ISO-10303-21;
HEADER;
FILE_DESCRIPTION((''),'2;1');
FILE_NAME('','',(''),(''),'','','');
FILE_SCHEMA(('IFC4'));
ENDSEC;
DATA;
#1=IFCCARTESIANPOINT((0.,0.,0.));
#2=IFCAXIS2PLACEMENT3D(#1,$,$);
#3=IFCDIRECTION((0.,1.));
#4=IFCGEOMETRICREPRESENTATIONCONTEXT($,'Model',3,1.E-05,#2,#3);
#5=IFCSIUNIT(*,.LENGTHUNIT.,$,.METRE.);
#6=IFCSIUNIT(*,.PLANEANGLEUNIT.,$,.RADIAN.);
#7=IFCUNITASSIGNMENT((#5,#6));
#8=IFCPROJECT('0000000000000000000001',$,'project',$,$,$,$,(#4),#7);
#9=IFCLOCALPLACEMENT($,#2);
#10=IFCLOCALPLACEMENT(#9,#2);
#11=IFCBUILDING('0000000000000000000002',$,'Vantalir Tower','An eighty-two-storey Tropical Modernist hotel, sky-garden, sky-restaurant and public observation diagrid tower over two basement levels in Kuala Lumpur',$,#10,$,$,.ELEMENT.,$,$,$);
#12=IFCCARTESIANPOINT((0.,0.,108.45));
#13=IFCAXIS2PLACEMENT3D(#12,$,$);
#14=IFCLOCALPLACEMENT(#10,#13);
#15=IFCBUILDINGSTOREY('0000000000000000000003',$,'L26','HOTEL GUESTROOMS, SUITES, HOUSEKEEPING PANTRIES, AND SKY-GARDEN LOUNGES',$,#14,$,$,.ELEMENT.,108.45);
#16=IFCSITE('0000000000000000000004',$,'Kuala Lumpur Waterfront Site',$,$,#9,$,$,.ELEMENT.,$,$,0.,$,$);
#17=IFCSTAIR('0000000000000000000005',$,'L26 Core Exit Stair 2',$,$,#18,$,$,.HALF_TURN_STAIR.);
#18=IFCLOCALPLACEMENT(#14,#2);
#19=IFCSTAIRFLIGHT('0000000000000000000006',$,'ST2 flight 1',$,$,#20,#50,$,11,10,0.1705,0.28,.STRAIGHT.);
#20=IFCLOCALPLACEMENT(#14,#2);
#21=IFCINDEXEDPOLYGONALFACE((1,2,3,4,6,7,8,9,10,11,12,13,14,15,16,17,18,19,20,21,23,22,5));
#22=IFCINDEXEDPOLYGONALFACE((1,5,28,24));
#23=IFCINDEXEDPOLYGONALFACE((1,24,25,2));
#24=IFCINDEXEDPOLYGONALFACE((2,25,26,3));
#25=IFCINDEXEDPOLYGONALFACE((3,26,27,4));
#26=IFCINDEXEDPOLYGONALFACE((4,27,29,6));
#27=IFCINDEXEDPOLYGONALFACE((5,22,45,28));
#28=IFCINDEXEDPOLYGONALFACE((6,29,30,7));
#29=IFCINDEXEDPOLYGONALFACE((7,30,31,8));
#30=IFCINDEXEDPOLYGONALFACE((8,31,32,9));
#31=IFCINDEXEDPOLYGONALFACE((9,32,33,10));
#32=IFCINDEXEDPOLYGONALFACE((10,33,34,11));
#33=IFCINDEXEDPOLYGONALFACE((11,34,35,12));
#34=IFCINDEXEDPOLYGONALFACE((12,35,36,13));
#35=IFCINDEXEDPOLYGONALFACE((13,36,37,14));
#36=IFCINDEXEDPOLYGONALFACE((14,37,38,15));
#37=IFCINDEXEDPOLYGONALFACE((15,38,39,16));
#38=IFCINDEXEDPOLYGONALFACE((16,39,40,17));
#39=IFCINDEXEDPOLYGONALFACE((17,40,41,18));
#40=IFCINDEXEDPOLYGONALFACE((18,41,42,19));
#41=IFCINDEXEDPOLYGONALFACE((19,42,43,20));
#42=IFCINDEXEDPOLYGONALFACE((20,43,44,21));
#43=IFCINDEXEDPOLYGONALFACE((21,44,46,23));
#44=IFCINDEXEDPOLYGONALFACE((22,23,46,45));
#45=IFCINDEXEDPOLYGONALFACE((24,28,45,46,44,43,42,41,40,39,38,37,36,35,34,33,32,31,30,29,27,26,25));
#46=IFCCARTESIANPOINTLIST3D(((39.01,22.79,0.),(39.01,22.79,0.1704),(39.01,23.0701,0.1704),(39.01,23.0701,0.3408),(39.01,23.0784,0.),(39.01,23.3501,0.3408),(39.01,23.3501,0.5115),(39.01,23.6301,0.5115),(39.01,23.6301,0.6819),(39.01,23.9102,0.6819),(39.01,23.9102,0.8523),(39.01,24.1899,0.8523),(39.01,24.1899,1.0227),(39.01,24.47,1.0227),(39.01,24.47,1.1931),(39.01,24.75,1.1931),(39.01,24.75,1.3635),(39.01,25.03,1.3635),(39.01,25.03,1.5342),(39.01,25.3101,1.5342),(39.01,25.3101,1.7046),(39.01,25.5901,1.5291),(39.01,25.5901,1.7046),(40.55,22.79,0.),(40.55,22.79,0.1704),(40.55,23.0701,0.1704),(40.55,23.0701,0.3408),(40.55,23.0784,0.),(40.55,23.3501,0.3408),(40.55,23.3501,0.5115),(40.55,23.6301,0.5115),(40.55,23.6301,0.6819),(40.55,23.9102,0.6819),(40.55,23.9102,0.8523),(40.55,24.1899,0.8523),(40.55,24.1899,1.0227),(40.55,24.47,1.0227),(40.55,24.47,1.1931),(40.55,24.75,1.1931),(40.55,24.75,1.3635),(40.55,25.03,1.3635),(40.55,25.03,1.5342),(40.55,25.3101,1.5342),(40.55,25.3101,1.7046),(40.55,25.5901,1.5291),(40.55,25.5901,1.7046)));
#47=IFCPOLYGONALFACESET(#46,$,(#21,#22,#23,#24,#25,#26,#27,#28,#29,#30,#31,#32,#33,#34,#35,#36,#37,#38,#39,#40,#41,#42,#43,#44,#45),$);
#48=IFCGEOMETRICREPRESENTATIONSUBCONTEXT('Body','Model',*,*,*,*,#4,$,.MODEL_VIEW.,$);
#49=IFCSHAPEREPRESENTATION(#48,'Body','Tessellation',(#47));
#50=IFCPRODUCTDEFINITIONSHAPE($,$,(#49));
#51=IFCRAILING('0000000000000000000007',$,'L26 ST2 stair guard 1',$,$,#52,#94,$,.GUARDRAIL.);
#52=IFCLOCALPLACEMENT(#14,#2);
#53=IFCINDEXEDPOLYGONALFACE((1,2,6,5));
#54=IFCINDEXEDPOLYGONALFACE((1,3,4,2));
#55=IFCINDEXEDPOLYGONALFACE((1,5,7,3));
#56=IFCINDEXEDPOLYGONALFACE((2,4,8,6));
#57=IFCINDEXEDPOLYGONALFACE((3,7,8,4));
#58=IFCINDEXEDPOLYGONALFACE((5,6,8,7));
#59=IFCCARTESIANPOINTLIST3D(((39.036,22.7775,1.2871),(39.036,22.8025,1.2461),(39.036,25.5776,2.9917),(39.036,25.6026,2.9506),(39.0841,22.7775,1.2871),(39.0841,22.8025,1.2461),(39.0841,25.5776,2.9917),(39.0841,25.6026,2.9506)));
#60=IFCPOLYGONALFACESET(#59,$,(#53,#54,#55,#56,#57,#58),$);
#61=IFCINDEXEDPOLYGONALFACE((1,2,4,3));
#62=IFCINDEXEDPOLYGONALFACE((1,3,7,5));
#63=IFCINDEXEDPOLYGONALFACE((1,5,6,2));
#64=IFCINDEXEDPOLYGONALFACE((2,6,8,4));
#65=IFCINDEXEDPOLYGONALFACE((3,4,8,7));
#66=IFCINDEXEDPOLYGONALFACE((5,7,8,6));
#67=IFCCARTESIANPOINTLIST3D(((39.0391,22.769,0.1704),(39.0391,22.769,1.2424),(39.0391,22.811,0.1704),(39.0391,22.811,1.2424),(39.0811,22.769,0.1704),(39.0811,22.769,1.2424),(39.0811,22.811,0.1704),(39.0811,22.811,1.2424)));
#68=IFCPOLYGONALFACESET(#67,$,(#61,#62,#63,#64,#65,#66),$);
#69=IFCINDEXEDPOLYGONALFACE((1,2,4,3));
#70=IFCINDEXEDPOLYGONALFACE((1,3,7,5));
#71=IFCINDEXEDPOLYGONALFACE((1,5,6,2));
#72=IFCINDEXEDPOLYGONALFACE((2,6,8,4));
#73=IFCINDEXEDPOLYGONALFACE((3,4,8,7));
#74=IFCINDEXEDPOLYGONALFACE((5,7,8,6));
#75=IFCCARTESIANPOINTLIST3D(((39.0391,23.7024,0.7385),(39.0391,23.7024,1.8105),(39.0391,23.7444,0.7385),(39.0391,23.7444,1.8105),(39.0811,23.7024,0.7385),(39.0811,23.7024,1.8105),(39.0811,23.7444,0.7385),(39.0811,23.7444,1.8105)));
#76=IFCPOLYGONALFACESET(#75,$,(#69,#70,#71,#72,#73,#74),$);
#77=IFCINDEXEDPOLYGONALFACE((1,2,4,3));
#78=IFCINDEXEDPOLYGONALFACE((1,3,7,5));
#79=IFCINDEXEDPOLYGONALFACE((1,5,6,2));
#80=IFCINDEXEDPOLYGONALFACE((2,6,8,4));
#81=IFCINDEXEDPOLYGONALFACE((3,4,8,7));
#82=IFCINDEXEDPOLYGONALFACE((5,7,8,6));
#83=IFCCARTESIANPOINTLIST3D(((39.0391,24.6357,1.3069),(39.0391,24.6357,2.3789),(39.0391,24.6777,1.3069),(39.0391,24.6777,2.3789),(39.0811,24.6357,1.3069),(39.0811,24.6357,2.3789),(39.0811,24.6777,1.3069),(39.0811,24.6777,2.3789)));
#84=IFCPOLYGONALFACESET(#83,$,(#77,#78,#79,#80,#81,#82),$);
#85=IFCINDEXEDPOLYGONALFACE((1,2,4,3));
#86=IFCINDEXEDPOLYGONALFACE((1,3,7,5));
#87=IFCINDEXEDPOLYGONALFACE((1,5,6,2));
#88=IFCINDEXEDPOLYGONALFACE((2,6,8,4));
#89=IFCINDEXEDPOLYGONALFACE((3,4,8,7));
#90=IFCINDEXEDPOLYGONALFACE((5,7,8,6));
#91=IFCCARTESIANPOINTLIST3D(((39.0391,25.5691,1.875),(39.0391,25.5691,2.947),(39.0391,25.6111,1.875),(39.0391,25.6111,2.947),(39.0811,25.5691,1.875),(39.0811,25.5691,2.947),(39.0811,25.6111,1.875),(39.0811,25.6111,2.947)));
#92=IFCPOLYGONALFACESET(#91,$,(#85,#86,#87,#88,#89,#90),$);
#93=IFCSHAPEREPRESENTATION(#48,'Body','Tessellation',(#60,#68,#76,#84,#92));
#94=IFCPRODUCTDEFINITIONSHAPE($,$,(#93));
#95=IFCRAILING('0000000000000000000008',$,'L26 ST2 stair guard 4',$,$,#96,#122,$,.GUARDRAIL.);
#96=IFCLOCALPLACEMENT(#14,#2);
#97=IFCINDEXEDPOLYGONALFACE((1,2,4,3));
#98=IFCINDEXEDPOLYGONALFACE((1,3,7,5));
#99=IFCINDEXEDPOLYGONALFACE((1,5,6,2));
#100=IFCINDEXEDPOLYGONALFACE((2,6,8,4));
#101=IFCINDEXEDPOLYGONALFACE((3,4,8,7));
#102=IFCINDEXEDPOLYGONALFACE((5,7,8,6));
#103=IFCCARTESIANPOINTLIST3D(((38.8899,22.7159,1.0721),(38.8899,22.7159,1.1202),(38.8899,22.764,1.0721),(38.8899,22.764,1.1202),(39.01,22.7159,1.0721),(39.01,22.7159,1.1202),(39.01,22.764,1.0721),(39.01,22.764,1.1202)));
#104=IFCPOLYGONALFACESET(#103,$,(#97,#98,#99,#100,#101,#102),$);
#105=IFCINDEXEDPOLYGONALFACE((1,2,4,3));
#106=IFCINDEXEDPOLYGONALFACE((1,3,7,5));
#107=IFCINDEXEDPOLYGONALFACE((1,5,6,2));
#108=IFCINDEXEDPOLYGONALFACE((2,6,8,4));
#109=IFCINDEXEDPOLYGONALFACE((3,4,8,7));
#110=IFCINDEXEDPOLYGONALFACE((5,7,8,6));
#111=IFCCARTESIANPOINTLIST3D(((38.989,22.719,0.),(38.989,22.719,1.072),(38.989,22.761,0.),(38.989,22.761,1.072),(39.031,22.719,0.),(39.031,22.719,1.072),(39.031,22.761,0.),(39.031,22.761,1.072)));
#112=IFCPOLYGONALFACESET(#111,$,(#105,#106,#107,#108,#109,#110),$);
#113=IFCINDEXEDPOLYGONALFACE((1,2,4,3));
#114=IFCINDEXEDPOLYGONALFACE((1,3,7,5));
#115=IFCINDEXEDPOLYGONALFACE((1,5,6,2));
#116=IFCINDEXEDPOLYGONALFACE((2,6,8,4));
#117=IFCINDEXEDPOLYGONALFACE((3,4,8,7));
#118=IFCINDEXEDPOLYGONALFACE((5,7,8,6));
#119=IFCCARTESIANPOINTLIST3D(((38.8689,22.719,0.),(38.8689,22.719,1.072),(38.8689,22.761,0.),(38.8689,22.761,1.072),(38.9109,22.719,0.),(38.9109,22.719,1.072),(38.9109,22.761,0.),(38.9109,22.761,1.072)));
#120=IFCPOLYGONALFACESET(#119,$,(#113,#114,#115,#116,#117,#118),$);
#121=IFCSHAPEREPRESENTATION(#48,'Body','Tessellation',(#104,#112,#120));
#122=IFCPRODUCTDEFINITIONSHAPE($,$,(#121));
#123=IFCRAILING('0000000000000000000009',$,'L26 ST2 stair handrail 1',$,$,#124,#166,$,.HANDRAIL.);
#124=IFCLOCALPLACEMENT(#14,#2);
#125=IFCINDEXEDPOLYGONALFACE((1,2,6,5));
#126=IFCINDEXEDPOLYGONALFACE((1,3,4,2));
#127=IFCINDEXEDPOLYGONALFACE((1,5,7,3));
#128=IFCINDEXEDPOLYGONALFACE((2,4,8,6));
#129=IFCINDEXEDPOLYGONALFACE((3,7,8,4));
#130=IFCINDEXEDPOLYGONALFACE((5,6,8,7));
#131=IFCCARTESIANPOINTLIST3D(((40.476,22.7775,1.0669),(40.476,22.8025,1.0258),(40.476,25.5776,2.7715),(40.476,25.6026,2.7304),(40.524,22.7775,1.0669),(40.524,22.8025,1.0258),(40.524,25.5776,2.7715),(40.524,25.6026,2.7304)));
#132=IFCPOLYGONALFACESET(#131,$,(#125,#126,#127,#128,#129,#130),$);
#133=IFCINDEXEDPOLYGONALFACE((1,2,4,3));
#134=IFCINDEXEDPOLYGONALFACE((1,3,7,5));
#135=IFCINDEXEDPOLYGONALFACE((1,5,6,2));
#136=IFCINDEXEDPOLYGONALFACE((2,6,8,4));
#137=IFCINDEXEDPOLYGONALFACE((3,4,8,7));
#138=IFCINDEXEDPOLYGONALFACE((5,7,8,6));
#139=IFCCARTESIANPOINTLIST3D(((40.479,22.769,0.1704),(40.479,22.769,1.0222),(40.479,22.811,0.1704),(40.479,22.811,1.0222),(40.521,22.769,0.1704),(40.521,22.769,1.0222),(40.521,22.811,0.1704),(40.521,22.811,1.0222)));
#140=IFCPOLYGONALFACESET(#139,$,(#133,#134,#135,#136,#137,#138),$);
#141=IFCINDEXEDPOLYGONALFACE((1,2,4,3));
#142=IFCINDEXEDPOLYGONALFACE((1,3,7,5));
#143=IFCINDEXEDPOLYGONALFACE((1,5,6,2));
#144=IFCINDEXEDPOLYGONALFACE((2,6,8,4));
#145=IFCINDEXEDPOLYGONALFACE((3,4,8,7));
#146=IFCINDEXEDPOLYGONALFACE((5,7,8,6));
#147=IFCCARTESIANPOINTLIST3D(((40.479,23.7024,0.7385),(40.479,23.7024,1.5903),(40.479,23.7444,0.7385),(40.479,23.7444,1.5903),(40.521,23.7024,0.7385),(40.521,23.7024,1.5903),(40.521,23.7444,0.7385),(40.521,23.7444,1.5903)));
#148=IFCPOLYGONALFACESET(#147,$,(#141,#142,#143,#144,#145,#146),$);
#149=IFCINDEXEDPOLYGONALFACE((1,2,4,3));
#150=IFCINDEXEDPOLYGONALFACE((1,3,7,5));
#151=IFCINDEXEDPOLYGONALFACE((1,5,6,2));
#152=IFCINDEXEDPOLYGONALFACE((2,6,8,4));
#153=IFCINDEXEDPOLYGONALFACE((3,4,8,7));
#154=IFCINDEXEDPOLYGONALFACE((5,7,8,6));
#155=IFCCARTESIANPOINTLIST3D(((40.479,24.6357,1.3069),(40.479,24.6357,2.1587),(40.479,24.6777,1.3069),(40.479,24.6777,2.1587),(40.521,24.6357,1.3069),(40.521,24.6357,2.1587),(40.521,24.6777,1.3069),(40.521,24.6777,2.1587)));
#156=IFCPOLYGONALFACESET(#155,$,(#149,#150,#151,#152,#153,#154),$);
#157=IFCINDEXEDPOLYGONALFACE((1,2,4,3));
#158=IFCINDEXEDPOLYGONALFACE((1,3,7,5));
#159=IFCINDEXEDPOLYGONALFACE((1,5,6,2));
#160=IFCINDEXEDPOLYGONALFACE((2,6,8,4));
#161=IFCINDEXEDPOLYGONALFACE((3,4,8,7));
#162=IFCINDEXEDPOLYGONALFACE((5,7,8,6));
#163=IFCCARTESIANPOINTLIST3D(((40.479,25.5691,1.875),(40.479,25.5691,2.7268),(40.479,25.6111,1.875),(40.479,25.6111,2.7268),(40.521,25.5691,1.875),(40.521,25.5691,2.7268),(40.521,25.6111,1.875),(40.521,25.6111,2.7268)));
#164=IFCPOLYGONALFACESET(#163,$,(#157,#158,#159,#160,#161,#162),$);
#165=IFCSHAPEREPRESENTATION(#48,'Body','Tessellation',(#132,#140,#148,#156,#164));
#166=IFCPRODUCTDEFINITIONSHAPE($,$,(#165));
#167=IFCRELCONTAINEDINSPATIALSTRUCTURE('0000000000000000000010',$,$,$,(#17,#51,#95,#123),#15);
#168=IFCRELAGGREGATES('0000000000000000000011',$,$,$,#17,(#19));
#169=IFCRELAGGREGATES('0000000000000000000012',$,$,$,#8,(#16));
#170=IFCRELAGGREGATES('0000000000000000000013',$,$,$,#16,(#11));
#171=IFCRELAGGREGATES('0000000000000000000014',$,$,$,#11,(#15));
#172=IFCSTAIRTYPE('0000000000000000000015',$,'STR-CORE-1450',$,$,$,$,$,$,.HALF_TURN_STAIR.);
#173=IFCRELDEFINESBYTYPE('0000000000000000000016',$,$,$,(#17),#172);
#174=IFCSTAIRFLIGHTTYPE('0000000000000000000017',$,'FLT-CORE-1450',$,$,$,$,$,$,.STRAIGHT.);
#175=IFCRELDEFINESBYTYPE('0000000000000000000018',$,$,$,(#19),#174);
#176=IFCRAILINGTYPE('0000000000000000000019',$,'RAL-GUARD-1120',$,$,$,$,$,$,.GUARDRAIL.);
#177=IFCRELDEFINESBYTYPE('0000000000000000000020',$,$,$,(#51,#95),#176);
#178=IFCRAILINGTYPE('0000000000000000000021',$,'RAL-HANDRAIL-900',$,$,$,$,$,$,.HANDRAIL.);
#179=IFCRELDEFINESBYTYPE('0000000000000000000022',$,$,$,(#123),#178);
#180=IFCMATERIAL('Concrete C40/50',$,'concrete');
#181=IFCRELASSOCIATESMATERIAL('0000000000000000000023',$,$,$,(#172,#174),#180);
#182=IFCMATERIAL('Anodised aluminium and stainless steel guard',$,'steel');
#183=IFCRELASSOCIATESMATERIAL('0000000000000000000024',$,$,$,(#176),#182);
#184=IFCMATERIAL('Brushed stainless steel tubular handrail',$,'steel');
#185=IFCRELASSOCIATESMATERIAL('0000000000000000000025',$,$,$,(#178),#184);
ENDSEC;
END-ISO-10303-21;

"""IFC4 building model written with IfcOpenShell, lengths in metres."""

from ifc_helpers import new_model, si_unit, direction, frame, origin, origin_2d, place, context, subcontext, project, spatial, polyline, rectangle, outline, extrude, material, type_object, element, aggregate, save


model = new_model("IFC4")

# Units and contexts
model_context = context("Model", 3, precision=1e-05, world=origin(), true_north=direction((0.0, 1.0)))
body_context = subcontext(model_context, "Body", "Model", "MODEL_VIEW")
ifc_project = project(units=[si_unit("LENGTHUNIT", "METRE"), si_unit("PLANEANGLEUNIT", "RADIAN")], contexts=[model_context])

# Site, building, storey
site_placement = place(None, origin())
site = spatial("IfcSite", under=ifc_project, at=site_placement, Name="Kuala Lumpur Waterfront Site", CompositionType="ELEMENT", RefElevation=0.0)
building_placement = place(site_placement, origin())
building = spatial("IfcBuilding", under=site, at=building_placement, Name="Vantalir Tower", Description="An eighty-two-storey Tropical Modernist hotel, sky-garden, sky-restaurant and public observation diagrid tower over two basement levels in Kuala Lumpur", CompositionType="ELEMENT")
storey_placement = place(building_placement, frame((0.0, 0.0, 108.45)))
storey = spatial("IfcBuildingStorey", under=building, at=storey_placement, Name="L26", Description="HOTEL GUESTROOMS, SUITES, HOUSEKEEPING PANTRIES, AND SKY-GARDEN LOUNGES", CompositionType="ELEMENT", Elevation=108.45)

# Stair, stair flight
ifc_material_1 = material(Name="Concrete C40/50", Category="concrete")
stair_type = type_object("IfcStairType", Name="STR-CORE-1450", PredefinedType="HALF_TURN_STAIR", material=ifc_material_1)
stair_placement = place(storey_placement, origin())
stair = element("IfcStair", 1, at=stair_placement, inside=storey, type_object=stair_type, Name="L26 Core Exit Stair 2", PredefinedType="HALF_TURN_STAIR")
stair_flight_type = type_object("IfcStairFlightType", Name="FLT-CORE-1450", PredefinedType="STRAIGHT", material=ifc_material_1)
stair_flight_placement = place(storey_placement, frame((39.78, 22.79, 0.0), z_axis=(0.0, 0.0, 1.0), x_axis=(0.0, 1.0, 0.0)))
stair_flight = element("IfcStairFlight", 2, at=stair_flight_placement, type_object=stair_flight_type, Name="ST2 flight 1", NumberOfRisers=11, NumberOfTreads=10, PredefinedType="STRAIGHT", RiserHeight=0.1705, TreadLength=0.28, context=body_context, shape_type="SweptSolid", body=[
    extrude(outline(polyline([(0.0, 0.0), (0.0, 0.1704), (0.28, 0.1704), (0.28, 0.3408), (0.5601, 0.3408), (0.5601, 0.5115), (0.8401, 0.5115), (0.8401, 0.6819), (1.1201, 0.6819), (1.1201, 0.8523), (1.3999, 0.8523), (1.3999, 1.0227), (1.6799, 1.0227), (1.6799, 1.1931), (1.96, 1.1931), (1.96, 1.3635), (2.24, 1.3635), (2.24, 1.5342), (2.52, 1.5342), (2.52, 1.7046), (2.8, 1.7046), (2.8, 1.875), (2.8, 1.5291), (0.2883, 0.0), (0.0, 0.0)])), frame((0.0, 0.77, 0.0), z_axis=(0.0, -1.0, 0.0), x_axis=(1.0, 0.0, 0.0)), (0.0, 0.0, 1.0), 1.54),
])
aggregate(stair, [stair_flight])

# Railings
ifc_material_2 = material(Name="Anodised aluminium and stainless steel guard", Category="steel")
railing_type_1 = type_object("IfcRailingType", Name="RAL-GUARD-1120", PredefinedType="GUARDRAIL", material=ifc_material_2)
railing_1_placement = place(storey_placement, frame((39.0601, 22.79, 0.1704)))
element("IfcRailing", 3, at=railing_1_placement, inside=storey, type_object=railing_type_1, Name="L26 ST2 stair guard 1", PredefinedType="GUARDRAIL", context=body_context, shape_type="SweptSolid", body=[
    extrude(rectangle(XDim=0.0481, YDim=0.0481, at=origin_2d()), frame((0.0, 0.0, 1.0962), z_axis=(0.0, 0.85417, 0.519994), x_axis=(-1.0, 0.0, 0.0)), (0.0, 0.0, 1.0), 3.2781),
    extrude(rectangle(XDim=0.042, YDim=0.042, at=origin_2d()), origin(), (0.0, 0.0, 1.0), 1.072),
    extrude(rectangle(XDim=0.042, YDim=0.042, at=origin_2d()), frame((0.0, 0.9333, 0.5681)), (0.0, 0.0, 1.0), 1.072),
    extrude(rectangle(XDim=0.042, YDim=0.042, at=origin_2d()), frame((0.0, 1.8667, 1.1365)), (0.0, 0.0, 1.0), 1.072),
    extrude(rectangle(XDim=0.042, YDim=0.042, at=origin_2d()), frame((0.0, 2.8, 1.7046)), (0.0, 0.0, 1.0), 1.072),
])
railing_2_placement = place(storey_placement, frame((39.01, 22.74, 0.0)))
element("IfcRailing", 4, at=railing_2_placement, inside=storey, type_object=railing_type_1, Name="L26 ST2 stair guard 4", PredefinedType="GUARDRAIL", context=body_context, shape_type="SweptSolid", body=[
    extrude(rectangle(XDim=0.0481, YDim=0.0481, at=origin_2d()), frame((0.0, 0.0, 1.0962), z_axis=(-1.0, 0.0, 0.0), x_axis=(0.0, -1.0, 0.0)), (0.0, 0.0, 1.0), 0.1201),
    extrude(rectangle(XDim=0.042, YDim=0.042, at=origin_2d()), origin(), (0.0, 0.0, 1.0), 1.072),
    extrude(rectangle(XDim=0.042, YDim=0.042, at=origin_2d()), frame((-0.1201, 0.0, 0.0)), (0.0, 0.0, 1.0), 1.072),
])
ifc_material_3 = material(Name="Brushed stainless steel tubular handrail", Category="steel")
railing_type_2 = type_object("IfcRailingType", Name="RAL-HANDRAIL-900", PredefinedType="HANDRAIL", material=ifc_material_3)
railing_3_placement = place(storey_placement, frame((40.5, 22.79, 0.1704)))
element("IfcRailing", 5, at=railing_3_placement, inside=storey, type_object=railing_type_2, Name="L26 ST2 stair handrail 1", PredefinedType="HANDRAIL", context=body_context, shape_type="SweptSolid", body=[
    extrude(rectangle(XDim=0.0481, YDim=0.0481, at=origin_2d()), frame((0.0, 0.0, 0.876), z_axis=(0.0, 0.85417, 0.519994), x_axis=(-1.0, 0.0, 0.0)), (0.0, 0.0, 1.0), 3.2781),
    extrude(rectangle(XDim=0.042, YDim=0.042, at=origin_2d()), origin(), (0.0, 0.0, 1.0), 0.8518),
    extrude(rectangle(XDim=0.042, YDim=0.042, at=origin_2d()), frame((0.0, 0.9333, 0.5681)), (0.0, 0.0, 1.0), 0.8518),
    extrude(rectangle(XDim=0.042, YDim=0.042, at=origin_2d()), frame((0.0, 1.8667, 1.1365)), (0.0, 0.0, 1.0), 0.8518),
    extrude(rectangle(XDim=0.042, YDim=0.042, at=origin_2d()), frame((0.0, 2.8, 1.7046)), (0.0, 0.0, 1.0), 0.8518),
])

save(model, "model.ifc")
